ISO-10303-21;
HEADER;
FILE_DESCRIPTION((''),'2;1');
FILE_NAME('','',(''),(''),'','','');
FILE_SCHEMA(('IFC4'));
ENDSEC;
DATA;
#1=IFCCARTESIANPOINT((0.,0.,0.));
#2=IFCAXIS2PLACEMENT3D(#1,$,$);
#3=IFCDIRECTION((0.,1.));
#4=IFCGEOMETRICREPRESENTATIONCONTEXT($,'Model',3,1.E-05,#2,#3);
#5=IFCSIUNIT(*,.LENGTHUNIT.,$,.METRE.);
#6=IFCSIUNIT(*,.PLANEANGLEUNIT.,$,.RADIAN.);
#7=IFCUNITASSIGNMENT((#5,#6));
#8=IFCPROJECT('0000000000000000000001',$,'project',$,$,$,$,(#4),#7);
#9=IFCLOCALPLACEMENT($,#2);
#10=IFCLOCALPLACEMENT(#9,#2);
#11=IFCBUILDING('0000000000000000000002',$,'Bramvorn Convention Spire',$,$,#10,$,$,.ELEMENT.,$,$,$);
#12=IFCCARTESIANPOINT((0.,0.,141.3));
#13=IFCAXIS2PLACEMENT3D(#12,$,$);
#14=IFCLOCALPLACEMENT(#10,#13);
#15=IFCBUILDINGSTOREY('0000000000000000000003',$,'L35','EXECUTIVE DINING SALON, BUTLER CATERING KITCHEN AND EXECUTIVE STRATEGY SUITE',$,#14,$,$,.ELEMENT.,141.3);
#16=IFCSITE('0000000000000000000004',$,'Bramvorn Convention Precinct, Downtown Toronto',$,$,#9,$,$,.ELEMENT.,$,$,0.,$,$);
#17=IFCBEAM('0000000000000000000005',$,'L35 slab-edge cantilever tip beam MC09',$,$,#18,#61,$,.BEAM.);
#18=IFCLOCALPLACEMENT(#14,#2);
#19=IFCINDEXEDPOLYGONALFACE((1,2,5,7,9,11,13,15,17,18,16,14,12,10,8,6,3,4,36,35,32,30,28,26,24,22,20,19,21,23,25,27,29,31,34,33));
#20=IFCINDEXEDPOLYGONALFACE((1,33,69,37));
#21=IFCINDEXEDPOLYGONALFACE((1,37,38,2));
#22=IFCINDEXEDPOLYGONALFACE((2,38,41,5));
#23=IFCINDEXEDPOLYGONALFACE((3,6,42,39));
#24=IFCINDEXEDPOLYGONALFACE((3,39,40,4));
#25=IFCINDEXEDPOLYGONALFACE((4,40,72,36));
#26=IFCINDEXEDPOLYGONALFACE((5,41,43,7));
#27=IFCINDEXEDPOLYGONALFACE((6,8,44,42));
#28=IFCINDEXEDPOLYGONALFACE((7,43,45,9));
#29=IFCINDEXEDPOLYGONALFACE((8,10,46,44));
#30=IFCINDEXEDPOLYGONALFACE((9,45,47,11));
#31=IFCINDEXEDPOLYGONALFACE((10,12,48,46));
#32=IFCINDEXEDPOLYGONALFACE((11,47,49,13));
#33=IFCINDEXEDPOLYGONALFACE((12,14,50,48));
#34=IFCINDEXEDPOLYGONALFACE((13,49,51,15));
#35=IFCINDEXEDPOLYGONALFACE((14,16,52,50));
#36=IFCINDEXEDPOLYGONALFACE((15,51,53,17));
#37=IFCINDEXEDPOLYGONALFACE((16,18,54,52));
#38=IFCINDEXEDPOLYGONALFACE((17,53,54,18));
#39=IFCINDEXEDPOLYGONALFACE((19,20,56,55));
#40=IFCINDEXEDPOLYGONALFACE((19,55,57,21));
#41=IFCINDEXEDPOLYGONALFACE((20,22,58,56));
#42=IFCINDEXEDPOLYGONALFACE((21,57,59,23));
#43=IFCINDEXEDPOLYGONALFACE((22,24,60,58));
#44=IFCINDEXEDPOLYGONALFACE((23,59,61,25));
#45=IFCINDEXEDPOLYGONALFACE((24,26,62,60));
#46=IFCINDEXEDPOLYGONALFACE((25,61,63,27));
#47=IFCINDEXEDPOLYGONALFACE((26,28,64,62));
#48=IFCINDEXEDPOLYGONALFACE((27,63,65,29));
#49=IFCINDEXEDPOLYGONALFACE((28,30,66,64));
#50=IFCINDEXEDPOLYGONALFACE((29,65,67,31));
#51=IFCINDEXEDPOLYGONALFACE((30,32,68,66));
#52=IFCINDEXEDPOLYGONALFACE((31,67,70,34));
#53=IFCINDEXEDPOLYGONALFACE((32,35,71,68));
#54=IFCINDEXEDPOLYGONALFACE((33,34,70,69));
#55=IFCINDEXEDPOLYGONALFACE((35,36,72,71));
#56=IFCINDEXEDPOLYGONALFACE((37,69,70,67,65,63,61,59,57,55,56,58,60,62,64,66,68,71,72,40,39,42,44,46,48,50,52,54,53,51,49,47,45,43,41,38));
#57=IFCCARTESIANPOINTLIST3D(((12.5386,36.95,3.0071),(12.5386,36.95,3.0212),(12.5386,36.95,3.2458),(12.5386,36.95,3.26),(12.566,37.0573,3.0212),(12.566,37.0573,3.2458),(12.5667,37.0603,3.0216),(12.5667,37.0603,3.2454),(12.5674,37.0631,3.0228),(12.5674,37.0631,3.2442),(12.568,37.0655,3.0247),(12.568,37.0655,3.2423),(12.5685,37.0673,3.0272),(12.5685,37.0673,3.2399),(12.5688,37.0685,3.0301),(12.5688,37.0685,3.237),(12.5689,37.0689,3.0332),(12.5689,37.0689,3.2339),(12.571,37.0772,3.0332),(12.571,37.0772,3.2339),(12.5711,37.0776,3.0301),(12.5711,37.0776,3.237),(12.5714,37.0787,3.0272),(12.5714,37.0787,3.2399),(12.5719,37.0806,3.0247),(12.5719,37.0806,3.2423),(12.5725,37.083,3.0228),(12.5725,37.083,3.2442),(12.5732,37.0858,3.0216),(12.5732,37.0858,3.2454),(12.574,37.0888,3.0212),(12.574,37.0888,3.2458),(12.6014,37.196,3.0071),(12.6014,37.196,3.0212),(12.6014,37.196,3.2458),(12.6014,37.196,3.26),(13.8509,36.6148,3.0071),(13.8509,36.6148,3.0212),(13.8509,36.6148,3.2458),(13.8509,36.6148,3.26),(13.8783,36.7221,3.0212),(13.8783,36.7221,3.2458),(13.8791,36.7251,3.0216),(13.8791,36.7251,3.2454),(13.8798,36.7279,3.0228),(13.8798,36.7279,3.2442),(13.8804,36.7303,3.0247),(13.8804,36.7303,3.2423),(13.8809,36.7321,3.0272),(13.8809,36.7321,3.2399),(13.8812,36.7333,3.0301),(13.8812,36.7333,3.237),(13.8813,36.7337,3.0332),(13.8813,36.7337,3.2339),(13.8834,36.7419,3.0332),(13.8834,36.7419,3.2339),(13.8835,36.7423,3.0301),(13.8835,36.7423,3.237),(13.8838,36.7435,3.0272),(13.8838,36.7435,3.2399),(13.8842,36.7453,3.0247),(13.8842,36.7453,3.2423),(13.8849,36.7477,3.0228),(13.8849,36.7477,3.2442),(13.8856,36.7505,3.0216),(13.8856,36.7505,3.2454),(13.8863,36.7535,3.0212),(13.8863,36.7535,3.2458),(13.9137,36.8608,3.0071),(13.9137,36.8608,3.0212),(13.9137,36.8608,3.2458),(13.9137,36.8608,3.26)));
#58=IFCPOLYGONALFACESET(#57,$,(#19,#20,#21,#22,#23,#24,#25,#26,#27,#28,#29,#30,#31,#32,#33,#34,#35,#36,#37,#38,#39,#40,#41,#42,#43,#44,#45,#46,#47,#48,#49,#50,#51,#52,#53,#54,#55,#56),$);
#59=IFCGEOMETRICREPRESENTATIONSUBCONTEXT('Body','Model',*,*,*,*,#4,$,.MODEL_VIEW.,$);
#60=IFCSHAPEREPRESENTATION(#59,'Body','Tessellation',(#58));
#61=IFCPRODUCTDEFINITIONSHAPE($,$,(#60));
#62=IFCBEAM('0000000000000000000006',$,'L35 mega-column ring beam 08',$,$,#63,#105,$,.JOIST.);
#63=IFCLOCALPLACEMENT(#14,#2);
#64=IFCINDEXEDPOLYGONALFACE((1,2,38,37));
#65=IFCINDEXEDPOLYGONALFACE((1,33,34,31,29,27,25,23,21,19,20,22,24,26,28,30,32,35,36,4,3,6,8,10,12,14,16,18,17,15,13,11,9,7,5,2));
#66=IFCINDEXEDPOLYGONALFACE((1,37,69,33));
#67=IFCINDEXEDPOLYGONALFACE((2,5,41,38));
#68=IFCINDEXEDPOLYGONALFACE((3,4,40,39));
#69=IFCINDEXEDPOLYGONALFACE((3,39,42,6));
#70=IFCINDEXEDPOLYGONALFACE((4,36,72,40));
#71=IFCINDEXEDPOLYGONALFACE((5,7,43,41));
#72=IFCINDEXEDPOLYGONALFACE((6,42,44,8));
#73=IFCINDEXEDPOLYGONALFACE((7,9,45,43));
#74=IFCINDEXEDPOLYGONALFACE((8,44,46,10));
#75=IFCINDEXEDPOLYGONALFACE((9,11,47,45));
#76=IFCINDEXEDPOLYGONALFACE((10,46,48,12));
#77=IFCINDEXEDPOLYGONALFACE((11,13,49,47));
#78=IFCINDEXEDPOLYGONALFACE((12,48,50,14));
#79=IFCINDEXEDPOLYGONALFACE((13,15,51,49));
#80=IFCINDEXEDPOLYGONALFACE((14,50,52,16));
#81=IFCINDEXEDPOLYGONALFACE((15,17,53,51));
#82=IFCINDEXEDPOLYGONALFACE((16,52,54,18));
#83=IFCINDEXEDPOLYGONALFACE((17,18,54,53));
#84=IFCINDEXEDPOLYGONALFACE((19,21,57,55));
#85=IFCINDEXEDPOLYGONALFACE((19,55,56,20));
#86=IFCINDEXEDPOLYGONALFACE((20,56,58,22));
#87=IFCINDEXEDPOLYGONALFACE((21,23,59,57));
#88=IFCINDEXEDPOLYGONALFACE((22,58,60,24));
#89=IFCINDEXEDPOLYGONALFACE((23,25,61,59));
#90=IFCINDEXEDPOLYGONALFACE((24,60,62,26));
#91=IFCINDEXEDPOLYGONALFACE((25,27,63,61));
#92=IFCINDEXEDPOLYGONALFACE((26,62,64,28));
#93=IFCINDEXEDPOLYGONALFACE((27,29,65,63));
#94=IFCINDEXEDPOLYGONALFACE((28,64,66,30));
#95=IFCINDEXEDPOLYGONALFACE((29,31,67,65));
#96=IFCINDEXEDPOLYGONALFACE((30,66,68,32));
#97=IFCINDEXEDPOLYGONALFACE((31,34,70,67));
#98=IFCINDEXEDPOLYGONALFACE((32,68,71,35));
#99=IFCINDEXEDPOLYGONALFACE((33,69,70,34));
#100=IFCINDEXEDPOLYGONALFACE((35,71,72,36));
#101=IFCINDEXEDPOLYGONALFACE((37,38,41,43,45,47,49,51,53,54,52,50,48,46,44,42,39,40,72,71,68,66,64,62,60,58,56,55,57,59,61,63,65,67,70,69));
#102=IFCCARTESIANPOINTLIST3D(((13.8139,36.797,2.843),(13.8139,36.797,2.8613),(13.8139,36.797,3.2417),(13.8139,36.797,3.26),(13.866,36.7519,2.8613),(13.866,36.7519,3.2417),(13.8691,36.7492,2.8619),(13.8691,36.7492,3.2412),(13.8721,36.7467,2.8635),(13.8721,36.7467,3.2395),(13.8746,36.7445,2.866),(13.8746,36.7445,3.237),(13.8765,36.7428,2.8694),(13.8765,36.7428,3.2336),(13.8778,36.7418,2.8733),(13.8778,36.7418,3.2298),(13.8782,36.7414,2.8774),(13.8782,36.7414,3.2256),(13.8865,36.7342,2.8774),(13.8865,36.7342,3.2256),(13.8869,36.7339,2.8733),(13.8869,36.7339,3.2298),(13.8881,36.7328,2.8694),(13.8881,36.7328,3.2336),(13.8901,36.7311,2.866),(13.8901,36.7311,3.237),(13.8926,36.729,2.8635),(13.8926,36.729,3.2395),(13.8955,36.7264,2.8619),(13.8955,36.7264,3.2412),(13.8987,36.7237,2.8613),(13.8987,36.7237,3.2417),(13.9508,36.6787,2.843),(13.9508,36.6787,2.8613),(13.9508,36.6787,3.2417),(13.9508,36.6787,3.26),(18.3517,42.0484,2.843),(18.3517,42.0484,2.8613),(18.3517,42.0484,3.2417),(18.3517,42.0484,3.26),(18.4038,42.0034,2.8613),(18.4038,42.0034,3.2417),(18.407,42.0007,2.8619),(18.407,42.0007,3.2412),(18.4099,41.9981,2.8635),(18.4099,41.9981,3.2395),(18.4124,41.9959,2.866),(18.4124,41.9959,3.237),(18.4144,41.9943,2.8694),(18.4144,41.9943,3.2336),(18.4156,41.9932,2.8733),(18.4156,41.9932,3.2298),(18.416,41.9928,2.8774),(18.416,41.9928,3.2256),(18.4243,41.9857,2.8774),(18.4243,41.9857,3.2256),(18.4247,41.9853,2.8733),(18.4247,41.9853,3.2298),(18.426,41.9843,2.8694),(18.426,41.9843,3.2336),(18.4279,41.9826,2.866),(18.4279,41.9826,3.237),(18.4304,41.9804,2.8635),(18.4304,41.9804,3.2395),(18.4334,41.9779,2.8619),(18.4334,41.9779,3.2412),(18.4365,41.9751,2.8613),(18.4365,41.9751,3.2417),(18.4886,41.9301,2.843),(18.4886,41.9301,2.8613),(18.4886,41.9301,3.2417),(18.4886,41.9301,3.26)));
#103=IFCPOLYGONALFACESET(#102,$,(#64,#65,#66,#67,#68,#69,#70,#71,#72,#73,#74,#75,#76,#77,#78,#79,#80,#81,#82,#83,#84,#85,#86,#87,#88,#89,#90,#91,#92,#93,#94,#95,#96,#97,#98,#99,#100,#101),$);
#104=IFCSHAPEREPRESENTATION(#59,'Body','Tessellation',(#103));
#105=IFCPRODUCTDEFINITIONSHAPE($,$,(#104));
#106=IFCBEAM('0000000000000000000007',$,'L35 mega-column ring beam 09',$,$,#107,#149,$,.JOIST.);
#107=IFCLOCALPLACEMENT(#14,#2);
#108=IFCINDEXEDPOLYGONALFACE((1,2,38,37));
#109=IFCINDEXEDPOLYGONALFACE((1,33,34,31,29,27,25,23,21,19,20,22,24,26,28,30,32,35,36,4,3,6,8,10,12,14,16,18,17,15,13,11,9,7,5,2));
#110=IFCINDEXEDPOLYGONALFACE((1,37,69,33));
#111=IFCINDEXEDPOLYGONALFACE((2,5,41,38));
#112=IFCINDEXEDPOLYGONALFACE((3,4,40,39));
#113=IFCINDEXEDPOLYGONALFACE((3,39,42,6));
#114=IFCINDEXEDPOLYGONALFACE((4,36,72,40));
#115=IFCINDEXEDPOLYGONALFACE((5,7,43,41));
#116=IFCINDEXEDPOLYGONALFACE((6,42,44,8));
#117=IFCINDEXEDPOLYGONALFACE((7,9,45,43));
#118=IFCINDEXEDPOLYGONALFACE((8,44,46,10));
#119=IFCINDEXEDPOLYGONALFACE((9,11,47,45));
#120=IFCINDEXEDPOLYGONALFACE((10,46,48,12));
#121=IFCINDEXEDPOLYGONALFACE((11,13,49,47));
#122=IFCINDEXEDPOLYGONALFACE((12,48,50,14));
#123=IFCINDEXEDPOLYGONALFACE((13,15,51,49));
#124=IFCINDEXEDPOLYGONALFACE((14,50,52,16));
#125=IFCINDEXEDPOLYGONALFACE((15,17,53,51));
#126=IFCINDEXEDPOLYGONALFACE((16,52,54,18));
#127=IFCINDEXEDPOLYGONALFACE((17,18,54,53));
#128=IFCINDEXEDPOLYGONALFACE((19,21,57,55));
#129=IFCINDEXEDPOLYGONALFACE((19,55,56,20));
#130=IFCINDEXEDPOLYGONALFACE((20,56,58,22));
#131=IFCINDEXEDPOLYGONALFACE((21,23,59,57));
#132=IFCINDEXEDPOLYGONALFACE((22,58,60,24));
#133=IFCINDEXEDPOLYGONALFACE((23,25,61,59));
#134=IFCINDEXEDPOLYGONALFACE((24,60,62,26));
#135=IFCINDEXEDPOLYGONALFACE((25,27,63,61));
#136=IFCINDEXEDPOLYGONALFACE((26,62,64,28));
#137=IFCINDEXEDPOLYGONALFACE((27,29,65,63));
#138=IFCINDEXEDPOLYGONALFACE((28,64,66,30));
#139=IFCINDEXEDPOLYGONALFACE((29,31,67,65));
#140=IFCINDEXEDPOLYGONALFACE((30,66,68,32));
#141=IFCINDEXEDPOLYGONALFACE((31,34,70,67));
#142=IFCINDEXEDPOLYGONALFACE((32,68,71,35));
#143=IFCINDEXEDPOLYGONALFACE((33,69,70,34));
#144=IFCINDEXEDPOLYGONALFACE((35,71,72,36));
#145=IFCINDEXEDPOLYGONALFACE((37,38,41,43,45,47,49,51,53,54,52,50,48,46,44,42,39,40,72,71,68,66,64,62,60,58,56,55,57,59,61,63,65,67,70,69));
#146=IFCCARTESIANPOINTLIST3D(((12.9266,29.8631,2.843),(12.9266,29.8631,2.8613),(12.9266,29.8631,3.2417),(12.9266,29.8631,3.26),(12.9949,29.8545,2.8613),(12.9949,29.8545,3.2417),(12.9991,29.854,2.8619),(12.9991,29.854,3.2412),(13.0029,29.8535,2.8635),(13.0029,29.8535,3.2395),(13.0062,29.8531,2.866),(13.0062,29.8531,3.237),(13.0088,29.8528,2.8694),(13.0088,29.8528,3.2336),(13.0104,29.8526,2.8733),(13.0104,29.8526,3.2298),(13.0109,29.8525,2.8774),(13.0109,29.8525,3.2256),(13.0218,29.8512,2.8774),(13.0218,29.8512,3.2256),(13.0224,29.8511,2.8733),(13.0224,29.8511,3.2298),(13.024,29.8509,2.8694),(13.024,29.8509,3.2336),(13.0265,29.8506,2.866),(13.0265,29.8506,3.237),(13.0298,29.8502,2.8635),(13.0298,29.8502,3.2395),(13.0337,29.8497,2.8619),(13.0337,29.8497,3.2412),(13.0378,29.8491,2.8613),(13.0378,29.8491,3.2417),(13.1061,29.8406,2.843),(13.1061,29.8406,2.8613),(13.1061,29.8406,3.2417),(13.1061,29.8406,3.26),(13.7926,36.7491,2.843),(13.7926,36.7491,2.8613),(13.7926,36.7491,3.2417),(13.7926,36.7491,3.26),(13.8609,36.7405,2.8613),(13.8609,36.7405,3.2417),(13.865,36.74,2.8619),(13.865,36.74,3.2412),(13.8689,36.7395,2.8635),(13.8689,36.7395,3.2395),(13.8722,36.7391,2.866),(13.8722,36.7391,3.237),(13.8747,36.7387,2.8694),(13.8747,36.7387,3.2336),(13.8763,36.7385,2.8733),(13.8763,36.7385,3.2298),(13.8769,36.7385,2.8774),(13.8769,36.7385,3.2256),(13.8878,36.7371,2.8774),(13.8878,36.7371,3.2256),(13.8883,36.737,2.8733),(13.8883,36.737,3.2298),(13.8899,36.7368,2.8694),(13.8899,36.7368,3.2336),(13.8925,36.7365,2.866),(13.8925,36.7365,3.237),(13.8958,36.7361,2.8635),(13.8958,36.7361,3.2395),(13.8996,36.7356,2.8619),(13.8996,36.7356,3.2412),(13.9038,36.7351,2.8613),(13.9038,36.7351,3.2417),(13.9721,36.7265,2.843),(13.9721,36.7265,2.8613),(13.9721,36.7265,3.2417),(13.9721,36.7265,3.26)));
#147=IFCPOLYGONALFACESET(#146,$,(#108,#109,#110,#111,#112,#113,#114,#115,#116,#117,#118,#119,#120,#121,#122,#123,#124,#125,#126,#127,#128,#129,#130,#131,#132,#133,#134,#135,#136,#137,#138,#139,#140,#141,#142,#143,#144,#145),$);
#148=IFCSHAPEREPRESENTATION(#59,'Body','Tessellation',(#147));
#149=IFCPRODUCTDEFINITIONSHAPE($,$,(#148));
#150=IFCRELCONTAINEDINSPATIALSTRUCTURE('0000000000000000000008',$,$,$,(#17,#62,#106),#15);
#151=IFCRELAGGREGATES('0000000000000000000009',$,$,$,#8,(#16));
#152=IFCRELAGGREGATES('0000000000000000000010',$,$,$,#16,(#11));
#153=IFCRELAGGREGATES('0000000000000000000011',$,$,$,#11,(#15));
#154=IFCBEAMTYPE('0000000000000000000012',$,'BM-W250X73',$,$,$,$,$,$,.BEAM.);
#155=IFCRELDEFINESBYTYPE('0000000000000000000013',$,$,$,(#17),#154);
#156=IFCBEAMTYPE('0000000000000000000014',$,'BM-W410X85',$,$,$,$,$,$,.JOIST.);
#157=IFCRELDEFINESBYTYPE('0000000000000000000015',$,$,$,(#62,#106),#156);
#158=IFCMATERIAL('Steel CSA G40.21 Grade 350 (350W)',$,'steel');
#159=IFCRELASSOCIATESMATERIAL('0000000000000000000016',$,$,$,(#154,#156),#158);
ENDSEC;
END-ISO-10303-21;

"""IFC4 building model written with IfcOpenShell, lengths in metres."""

from ifc_helpers import new_model, si_unit, direction, frame, origin, origin_2d, place, context, subcontext, project, spatial, i_section, extrude, material, material_profile, profile_set, type_object, element, save


model = new_model("IFC4")

# Units and contexts
model_context = context("Model", 3, precision=1e-05, world=origin(), true_north=direction((0.0, 1.0)))
body_context = subcontext(model_context, "Body", "Model", "MODEL_VIEW")
ifc_project = project(units=[si_unit("LENGTHUNIT", "METRE"), si_unit("PLANEANGLEUNIT", "RADIAN")], contexts=[model_context])

# Site, building, storey
site_placement = place(None, origin())
site = spatial("IfcSite", under=ifc_project, at=site_placement, Name="Bramvorn Convention Precinct, Downtown Toronto", CompositionType="ELEMENT", RefElevation=0.0)
building_placement = place(site_placement, origin())
building = spatial("IfcBuilding", under=site, at=building_placement, Name="Bramvorn Convention Spire", CompositionType="ELEMENT")
storey_placement = place(building_placement, frame((0.0, 0.0, 141.3)))
storey = spatial("IfcBuildingStorey", under=building, at=storey_placement, Name="L35", Description="EXECUTIVE DINING SALON, BUTLER CATERING KITCHEN AND EXECUTIVE STRATEGY SUITE", CompositionType="ELEMENT", Elevation=141.3)

# Shared definitions
ifc_material_1 = material(Name="Steel CSA G40.21 Grade 350 (350W)", Category="steel")

# Beams
ifc_material_profile_1 = material_profile(ifc_material_1, i_section(OverallWidth=0.2539, OverallDepth=0.2529, WebThickness=0.0085, FlangeThickness=0.0142, FilletRadius=0.012, at=origin_2d()))
ifc_profile_set_1 = profile_set([ifc_material_profile_1], Name="Steel CSA G40.21 Grade 350 (350W) - W250X73")
beam_type_1 = type_object("IfcBeamType", Name="BM-W250X73", PredefinedType="BEAM", material=ifc_profile_set_1)
beam_1_placement = place(storey_placement, frame((13.8823, 36.7378, 3.1335), z_axis=(-0.968889, 0.247495, 0.0), x_axis=(-0.247495, -0.968889, 0.0)))
element("IfcBeam", 1, at=beam_1_placement, inside=storey, type_object=beam_type_1, Name="L35 slab-edge cantilever tip beam MC09", PredefinedType="BEAM", context=body_context, shape_type="SweptSolid", body=[
    extrude(i_section(OverallWidth=0.2539, OverallDepth=0.2529, WebThickness=0.0085, FlangeThickness=0.0142, FilletRadius=0.012, at=origin_2d()), origin(), (0.0, 0.0, 1.0), 1.3545),
])
ifc_material_profile_2 = material_profile(ifc_material_1, i_section(OverallWidth=0.1809, OverallDepth=0.417, WebThickness=0.011, FlangeThickness=0.0183, FilletRadius=0.0161, at=origin_2d()))
ifc_profile_set_2 = profile_set([ifc_material_profile_2], Name="Steel CSA G40.21 Grade 350 (350W) - W410X85")
beam_type_2 = type_object("IfcBeamType", Name="BM-W410X85", PredefinedType="JOIST", material=ifc_profile_set_2)
beam_2_placement = place(storey_placement, frame((18.4202, 41.9893, 3.0515), z_axis=(-0.653825, -0.756646, 0.0), x_axis=(0.756646, -0.653825, 0.0)))
element("IfcBeam", 2, at=beam_2_placement, inside=storey, type_object=beam_type_2, Name="L35 mega-column ring beam 08", PredefinedType="JOIST", context=body_context, shape_type="SweptSolid", body=[
    extrude(i_section(OverallWidth=0.1809, OverallDepth=0.417, WebThickness=0.011, FlangeThickness=0.0183, FilletRadius=0.0161, at=origin_2d()), origin(), (0.0, 0.0, 1.0), 6.9404),
])
beam_3_placement = place(storey_placement, frame((13.8823, 36.7378, 3.0515), z_axis=(-0.124775, -0.992185, 0.0), x_axis=(0.992185, -0.124775, 0.0)))
element("IfcBeam", 3, at=beam_3_placement, inside=storey, type_object=beam_type_2, Name="L35 mega-column ring beam 09", PredefinedType="JOIST", context=body_context, shape_type="SweptSolid", body=[
    extrude(i_section(OverallWidth=0.1809, OverallDepth=0.417, WebThickness=0.011, FlangeThickness=0.0183, FilletRadius=0.0161, at=origin_2d()), origin(), (0.0, 0.0, 1.0), 6.9402),
])

save(model, "model.ifc")
